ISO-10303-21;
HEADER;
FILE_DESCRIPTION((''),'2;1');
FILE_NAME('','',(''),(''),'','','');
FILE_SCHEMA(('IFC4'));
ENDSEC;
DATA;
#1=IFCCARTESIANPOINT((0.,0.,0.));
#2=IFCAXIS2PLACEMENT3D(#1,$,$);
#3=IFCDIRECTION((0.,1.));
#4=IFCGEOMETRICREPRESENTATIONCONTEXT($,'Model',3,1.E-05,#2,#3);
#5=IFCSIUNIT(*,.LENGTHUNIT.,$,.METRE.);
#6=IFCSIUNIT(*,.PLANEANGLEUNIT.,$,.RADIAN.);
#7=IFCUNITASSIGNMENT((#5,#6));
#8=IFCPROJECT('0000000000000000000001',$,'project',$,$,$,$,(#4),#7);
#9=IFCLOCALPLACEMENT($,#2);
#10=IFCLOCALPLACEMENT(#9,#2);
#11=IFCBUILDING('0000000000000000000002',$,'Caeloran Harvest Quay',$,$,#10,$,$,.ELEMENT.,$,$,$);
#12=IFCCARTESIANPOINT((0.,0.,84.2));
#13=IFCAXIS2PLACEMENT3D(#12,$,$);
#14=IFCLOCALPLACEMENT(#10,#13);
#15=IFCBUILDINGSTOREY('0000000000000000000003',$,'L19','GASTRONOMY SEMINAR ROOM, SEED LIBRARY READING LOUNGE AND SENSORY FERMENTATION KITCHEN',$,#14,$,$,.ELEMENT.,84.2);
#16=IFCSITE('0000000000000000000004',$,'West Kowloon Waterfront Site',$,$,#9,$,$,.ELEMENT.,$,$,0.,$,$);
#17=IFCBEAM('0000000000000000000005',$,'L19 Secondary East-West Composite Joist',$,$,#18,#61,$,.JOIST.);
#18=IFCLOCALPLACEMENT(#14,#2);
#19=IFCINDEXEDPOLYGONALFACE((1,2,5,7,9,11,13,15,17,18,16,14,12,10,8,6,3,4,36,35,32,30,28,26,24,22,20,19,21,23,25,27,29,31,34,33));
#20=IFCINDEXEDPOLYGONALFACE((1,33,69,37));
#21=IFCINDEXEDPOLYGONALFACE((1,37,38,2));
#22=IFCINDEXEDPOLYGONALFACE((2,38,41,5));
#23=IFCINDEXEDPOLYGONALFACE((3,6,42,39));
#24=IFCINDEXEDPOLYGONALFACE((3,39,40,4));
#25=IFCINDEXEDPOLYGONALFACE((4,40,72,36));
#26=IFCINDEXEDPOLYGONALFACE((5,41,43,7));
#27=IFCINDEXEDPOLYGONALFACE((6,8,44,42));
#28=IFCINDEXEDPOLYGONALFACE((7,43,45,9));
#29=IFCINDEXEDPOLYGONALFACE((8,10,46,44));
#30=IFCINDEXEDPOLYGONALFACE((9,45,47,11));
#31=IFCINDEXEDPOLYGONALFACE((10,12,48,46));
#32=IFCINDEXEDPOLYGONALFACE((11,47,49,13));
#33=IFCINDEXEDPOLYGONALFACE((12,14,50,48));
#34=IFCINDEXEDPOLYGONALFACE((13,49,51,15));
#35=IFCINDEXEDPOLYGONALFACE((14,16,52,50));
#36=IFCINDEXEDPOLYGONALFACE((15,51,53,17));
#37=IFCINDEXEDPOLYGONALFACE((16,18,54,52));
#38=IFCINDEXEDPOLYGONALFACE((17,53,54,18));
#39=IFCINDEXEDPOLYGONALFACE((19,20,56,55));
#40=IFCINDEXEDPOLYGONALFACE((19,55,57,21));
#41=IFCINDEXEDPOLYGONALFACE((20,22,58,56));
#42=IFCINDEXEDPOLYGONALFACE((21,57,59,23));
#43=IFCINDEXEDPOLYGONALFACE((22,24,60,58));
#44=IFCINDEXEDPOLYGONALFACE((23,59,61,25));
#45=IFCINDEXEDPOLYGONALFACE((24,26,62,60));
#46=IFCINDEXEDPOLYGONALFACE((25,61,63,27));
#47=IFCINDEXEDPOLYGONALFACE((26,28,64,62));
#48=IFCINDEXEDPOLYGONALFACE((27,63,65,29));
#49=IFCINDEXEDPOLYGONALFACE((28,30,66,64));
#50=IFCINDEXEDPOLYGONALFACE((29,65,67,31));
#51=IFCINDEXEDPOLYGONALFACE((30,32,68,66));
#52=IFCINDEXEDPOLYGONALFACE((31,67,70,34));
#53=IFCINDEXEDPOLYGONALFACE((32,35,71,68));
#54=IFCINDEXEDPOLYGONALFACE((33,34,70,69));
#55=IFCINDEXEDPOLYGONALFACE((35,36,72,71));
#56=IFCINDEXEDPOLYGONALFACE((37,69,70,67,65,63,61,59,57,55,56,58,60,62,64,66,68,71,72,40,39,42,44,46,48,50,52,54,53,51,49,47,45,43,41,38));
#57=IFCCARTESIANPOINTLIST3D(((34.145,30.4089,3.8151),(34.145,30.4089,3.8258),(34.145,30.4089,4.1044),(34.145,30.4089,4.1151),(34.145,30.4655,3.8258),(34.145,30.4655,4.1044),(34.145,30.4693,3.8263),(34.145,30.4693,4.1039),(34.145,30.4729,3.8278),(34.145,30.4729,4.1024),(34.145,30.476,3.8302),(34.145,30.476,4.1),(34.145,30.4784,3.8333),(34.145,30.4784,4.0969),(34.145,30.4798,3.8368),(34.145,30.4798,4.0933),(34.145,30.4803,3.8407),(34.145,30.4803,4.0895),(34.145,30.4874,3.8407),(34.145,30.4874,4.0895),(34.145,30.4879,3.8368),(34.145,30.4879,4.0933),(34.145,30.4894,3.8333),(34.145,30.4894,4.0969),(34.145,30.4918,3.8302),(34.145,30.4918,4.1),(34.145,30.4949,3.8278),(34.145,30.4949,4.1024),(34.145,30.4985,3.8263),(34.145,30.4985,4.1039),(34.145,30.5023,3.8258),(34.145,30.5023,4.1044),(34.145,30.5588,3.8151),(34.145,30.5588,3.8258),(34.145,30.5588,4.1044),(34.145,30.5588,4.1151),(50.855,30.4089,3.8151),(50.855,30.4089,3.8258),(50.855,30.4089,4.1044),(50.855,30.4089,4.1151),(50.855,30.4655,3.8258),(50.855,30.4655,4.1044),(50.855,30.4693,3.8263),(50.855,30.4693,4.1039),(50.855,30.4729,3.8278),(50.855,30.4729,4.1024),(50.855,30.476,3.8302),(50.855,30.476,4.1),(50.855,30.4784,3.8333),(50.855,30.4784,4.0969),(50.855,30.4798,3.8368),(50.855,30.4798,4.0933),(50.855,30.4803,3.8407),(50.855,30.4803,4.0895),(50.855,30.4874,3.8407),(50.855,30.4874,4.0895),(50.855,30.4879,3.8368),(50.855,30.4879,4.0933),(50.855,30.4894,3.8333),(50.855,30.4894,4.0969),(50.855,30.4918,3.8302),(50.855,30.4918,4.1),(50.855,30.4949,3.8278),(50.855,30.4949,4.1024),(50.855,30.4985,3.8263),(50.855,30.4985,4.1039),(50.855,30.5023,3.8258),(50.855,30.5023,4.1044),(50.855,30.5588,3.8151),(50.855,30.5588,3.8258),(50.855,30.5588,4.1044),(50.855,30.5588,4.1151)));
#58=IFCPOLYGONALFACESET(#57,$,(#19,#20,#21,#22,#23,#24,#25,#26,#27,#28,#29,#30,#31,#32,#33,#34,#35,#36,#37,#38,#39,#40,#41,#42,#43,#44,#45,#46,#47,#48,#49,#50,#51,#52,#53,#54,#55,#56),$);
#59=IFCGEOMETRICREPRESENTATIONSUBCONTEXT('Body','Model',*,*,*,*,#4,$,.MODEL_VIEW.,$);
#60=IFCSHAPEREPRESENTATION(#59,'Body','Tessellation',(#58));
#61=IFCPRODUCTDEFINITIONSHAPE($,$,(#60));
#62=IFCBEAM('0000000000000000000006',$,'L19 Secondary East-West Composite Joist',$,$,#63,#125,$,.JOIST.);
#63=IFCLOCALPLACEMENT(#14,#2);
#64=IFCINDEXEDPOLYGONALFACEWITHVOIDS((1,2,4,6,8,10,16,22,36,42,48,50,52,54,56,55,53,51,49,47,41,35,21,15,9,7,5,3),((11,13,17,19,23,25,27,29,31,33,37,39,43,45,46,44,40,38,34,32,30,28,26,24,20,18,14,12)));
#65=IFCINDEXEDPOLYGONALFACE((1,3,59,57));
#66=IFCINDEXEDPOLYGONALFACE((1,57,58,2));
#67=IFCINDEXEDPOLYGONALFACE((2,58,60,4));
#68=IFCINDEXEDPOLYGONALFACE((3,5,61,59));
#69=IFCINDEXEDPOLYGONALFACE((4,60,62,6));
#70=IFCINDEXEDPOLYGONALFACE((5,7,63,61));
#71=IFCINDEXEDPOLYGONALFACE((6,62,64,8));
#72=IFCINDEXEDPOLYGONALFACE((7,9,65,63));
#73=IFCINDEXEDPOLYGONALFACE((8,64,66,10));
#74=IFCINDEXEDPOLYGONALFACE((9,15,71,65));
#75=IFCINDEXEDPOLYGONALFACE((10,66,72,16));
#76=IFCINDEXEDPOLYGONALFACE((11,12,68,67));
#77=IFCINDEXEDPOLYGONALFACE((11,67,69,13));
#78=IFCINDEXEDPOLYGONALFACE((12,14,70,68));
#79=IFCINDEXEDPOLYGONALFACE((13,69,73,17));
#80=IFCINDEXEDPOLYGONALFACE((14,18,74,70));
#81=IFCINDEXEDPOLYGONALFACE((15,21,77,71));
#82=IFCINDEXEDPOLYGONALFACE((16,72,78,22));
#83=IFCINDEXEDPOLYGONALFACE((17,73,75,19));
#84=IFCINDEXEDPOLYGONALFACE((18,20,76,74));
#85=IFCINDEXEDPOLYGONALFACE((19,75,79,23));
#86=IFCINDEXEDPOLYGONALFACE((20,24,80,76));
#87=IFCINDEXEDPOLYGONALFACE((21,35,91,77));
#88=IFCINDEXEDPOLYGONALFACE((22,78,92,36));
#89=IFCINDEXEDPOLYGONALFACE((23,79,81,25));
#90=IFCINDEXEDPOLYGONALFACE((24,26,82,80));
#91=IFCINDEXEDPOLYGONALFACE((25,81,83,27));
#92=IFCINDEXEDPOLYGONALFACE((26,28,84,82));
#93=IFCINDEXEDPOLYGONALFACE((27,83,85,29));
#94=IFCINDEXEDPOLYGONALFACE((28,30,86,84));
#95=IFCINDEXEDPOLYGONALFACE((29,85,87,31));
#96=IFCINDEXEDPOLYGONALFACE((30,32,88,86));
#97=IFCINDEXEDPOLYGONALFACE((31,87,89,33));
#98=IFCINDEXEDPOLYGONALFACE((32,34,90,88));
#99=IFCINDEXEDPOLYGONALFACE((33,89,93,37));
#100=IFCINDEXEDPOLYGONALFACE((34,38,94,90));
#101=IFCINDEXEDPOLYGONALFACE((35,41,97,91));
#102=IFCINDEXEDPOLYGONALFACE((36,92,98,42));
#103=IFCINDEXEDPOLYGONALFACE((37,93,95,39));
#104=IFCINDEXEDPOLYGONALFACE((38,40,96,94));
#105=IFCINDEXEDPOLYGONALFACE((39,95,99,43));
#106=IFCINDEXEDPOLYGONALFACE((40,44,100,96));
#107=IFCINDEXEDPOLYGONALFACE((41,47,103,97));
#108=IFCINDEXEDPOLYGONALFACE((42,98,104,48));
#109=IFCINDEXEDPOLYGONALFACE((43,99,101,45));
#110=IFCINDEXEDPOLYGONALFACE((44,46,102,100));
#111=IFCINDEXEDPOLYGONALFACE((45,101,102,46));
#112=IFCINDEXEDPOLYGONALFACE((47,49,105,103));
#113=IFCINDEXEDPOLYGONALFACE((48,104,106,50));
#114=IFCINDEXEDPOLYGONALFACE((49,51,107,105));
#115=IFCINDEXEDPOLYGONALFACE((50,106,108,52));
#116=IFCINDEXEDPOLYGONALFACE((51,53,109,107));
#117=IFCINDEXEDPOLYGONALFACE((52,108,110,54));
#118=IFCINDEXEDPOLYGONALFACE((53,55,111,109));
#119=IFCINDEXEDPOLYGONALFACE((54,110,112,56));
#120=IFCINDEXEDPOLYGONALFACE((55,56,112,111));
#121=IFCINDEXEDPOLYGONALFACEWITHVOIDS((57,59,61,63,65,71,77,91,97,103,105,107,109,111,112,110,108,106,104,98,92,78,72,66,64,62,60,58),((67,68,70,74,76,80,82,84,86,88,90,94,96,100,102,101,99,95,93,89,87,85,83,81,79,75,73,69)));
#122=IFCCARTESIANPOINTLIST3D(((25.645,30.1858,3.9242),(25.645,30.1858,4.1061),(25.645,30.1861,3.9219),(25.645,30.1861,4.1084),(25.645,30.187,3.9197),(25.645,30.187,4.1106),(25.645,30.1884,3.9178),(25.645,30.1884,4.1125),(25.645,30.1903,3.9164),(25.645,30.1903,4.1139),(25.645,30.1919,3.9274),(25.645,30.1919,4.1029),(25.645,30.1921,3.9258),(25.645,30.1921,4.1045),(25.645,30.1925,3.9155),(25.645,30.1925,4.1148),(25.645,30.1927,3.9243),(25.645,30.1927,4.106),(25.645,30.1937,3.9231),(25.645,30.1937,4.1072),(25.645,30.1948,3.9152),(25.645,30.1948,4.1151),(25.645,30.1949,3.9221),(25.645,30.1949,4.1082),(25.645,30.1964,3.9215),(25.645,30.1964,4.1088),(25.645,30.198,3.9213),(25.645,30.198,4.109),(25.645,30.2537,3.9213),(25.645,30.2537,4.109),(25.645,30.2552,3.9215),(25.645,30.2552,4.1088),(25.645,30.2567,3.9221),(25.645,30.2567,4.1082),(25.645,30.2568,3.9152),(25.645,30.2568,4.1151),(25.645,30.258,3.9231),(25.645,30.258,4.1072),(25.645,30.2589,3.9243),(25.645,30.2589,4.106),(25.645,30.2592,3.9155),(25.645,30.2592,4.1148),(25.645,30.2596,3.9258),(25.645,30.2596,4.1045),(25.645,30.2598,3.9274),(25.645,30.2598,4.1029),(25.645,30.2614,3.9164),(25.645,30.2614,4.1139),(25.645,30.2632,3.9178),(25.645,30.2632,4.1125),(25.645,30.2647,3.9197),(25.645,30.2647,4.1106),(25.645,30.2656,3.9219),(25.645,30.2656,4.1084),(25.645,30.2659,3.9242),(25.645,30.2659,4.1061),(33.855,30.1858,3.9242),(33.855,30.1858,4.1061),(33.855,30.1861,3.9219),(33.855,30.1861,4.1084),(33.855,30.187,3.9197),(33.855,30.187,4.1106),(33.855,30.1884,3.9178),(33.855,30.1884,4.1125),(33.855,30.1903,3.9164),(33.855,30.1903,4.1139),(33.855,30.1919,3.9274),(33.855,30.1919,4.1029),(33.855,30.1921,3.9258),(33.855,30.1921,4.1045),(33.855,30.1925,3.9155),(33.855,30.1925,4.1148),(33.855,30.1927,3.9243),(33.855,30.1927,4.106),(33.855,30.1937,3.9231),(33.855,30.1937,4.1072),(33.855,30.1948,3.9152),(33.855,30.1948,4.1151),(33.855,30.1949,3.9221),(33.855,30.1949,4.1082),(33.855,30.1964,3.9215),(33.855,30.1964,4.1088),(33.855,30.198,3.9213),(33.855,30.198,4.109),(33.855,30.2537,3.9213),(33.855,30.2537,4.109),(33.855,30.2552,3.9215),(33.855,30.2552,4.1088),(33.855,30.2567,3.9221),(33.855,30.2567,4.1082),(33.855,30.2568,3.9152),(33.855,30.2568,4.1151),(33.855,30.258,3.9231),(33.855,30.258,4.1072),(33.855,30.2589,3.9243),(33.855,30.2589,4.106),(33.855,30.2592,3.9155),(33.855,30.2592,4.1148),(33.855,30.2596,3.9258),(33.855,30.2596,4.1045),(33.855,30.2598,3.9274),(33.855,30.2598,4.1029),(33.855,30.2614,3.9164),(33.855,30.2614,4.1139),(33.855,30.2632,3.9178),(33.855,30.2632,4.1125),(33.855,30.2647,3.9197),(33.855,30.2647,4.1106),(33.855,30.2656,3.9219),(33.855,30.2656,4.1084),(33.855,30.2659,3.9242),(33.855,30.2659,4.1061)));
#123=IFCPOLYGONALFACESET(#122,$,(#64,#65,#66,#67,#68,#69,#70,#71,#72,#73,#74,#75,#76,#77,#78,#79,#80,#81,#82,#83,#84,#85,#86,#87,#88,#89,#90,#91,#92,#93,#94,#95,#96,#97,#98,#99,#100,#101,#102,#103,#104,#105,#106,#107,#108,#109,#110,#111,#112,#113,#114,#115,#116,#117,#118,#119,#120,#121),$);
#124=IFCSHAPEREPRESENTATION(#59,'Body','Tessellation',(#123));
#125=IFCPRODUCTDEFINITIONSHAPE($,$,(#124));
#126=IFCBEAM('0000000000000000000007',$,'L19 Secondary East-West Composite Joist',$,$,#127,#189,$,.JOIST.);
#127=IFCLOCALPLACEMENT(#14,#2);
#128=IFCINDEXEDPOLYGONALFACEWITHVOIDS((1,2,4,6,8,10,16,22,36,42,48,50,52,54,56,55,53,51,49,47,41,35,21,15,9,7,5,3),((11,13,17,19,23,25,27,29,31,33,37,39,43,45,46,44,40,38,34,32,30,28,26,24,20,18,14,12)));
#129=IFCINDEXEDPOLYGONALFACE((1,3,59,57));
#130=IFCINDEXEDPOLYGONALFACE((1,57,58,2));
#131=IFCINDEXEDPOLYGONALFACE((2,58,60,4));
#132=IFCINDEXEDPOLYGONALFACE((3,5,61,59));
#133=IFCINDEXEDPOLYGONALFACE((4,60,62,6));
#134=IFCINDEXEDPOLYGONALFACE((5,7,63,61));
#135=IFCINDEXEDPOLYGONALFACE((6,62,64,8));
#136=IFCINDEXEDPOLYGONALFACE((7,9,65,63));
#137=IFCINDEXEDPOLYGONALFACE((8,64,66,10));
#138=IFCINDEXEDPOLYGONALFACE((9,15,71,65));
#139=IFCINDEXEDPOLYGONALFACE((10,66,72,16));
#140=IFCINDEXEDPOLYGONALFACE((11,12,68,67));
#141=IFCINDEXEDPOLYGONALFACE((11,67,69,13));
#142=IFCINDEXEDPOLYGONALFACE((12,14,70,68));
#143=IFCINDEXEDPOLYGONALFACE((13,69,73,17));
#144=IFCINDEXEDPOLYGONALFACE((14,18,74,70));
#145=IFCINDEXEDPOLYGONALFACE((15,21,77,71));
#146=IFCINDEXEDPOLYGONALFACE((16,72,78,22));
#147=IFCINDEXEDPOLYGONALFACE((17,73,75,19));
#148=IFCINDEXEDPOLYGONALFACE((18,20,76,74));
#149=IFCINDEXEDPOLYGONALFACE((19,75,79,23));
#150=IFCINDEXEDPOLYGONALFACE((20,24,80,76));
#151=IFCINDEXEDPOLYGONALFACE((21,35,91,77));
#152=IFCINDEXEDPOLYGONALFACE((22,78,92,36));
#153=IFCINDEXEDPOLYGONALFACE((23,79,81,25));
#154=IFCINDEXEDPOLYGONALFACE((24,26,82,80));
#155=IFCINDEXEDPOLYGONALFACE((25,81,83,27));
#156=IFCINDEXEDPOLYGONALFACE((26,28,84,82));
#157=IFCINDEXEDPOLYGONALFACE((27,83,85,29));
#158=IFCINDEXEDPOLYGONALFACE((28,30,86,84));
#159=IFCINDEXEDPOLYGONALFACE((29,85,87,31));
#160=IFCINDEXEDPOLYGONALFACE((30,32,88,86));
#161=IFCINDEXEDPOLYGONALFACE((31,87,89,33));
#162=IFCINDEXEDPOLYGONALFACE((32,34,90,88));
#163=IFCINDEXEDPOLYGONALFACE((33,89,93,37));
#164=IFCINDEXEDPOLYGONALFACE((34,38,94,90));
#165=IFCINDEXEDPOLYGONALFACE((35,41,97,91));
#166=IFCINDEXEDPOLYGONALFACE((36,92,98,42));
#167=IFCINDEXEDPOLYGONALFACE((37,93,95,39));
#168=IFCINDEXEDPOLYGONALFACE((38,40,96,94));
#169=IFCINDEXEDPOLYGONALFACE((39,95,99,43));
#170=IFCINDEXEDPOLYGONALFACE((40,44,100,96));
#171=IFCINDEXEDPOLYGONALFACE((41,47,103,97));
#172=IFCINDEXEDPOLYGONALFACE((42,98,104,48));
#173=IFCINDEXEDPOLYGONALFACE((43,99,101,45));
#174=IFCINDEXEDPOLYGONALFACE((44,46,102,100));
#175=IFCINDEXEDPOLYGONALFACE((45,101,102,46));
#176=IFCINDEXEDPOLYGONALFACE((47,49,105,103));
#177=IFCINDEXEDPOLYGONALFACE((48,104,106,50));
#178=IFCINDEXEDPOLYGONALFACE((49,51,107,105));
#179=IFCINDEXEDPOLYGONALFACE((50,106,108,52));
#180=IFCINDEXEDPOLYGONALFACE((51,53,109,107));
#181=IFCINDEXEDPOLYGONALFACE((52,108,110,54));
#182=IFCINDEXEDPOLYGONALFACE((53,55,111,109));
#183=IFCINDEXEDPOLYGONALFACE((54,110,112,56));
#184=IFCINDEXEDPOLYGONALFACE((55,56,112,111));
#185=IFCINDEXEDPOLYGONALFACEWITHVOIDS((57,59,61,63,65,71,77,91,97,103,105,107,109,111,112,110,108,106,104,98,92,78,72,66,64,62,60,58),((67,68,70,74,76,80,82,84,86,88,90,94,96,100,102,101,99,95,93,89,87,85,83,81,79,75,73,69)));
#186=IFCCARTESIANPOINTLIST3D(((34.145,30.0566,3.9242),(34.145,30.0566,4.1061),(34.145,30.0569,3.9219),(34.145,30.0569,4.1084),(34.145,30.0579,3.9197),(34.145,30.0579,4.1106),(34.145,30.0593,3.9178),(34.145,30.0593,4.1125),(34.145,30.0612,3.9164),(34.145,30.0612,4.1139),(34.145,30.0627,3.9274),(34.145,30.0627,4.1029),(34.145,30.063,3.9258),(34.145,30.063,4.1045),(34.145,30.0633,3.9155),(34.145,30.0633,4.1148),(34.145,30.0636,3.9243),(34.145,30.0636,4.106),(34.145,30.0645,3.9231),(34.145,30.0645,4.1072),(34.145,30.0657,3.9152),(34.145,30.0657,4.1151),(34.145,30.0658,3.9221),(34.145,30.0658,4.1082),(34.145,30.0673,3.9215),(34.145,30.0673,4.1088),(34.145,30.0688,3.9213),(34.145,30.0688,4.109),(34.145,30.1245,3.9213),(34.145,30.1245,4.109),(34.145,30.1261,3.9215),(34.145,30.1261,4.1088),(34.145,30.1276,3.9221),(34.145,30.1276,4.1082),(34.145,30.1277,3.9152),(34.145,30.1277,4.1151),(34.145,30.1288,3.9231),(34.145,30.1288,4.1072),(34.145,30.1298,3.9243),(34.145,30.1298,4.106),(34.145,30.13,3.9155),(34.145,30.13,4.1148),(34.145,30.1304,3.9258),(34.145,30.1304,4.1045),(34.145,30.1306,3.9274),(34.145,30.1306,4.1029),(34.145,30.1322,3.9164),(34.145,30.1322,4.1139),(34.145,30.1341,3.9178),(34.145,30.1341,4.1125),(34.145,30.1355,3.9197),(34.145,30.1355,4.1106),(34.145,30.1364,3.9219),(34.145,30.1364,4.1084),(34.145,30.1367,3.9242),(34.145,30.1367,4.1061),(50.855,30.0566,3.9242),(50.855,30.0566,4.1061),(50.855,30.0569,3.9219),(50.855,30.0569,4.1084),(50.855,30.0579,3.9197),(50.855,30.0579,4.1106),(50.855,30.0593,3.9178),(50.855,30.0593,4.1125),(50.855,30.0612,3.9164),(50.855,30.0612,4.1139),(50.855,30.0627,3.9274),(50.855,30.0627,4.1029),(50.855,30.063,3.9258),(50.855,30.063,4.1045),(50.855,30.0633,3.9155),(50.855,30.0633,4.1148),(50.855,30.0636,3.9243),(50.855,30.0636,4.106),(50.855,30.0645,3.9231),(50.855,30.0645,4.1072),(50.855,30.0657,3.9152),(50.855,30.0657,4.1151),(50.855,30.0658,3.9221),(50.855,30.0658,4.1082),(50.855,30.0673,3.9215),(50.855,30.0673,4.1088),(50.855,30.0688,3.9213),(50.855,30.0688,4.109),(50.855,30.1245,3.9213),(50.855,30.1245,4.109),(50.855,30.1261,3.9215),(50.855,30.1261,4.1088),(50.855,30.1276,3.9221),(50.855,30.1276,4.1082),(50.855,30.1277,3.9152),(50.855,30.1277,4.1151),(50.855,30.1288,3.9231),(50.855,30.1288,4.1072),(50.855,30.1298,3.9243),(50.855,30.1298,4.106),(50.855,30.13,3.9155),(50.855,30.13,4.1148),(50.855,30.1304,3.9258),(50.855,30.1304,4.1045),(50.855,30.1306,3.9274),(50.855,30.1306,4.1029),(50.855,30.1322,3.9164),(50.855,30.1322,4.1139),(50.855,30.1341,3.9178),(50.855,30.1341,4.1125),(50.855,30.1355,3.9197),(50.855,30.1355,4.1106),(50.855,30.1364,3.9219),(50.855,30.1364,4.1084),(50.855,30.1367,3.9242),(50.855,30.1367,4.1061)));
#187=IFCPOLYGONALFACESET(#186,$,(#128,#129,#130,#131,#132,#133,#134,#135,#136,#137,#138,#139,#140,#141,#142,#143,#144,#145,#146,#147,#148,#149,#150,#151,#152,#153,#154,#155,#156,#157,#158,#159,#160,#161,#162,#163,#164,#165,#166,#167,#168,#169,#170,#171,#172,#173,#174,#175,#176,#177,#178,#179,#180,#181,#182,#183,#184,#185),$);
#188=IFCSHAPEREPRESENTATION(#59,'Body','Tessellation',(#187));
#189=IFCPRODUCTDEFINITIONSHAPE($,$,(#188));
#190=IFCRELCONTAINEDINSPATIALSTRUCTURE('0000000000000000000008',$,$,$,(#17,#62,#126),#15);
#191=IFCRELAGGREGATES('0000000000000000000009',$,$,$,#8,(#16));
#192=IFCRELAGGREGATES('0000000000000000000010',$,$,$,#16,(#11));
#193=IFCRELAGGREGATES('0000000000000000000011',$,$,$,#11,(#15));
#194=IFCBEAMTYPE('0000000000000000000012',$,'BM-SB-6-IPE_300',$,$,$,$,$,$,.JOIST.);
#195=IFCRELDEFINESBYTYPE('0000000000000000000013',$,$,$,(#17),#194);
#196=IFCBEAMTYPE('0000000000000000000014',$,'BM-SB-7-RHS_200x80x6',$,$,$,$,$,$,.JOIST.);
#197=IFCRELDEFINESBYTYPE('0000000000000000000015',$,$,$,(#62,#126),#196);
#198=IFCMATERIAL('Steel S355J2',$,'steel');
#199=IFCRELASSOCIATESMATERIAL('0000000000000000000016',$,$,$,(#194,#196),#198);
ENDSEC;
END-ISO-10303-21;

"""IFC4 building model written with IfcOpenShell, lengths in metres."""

from ifc_helpers import new_model, si_unit, direction, frame, origin, origin_2d, place, context, subcontext, project, spatial, hollow_rectangle, i_section, extrude, material, material_profile, profile_set, type_object, element, save


model = new_model("IFC4")

# Units and contexts
model_context = context("Model", 3, precision=1e-05, world=origin(), true_north=direction((0.0, 1.0)))
body_context = subcontext(model_context, "Body", "Model", "MODEL_VIEW")
ifc_project = project(units=[si_unit("LENGTHUNIT", "METRE"), si_unit("PLANEANGLEUNIT", "RADIAN")], contexts=[model_context])

# Site, building, storey
site_placement = place(None, origin())
site = spatial("IfcSite", under=ifc_project, at=site_placement, Name="West Kowloon Waterfront Site", CompositionType="ELEMENT", RefElevation=0.0)
building_placement = place(site_placement, origin())
building = spatial("IfcBuilding", under=site, at=building_placement, Name="Caeloran Harvest Quay", CompositionType="ELEMENT")
storey_placement = place(building_placement, frame((0.0, 0.0, 84.2)))
storey = spatial("IfcBuildingStorey", under=building, at=storey_placement, Name="L19", Description="GASTRONOMY SEMINAR ROOM, SEED LIBRARY READING LOUNGE AND SENSORY FERMENTATION KITCHEN", CompositionType="ELEMENT", Elevation=84.2)

# Beams
ifc_material_1 = material(Name="Steel S355J2", Category="steel")
ifc_material_profile_1 = material_profile(ifc_material_1, i_section(OverallWidth=0.1499, OverallDepth=0.3, WebThickness=0.0071, FlangeThickness=0.0107, FilletRadius=0.0149, at=origin_2d()), Name="IPE 300")
ifc_profile_set_1 = profile_set([ifc_material_profile_1], Name="Steel S355J2")
beam_type_1 = type_object("IfcBeamType", Name="BM-SB-6-IPE_300", PredefinedType="JOIST", material=ifc_profile_set_1)
for number, where, z_axis, x_axis, name in (
    (1, (34.145, 30.4839, 3.9651), (1.0, 0.0, 0.0), (0.0, 1.0, 0.0), "L19 Secondary East-West Composite Joist"),
):
    element("IfcBeam", number, at=place(storey_placement, frame(where, z_axis=z_axis, x_axis=x_axis)), inside=storey, type_object=beam_type_1, Name=name, PredefinedType="JOIST", context=body_context, shape_type="SweptSolid", body=[
        extrude(i_section(OverallWidth=0.1499, OverallDepth=0.3, WebThickness=0.0071, FlangeThickness=0.0107, FilletRadius=0.0149, at=origin_2d()), origin(), (0.0, 0.0, 1.0), 16.71),
    ])
ifc_material_profile_2 = material_profile(ifc_material_1, hollow_rectangle(XDim=0.0801, YDim=0.2, WallThickness=0.0061, InnerFilletRadius=0.0061, OuterFilletRadius=0.009, at=origin_2d()), Name="RHS 200x80x6")
ifc_profile_set_2 = profile_set([ifc_material_profile_2], Name="Steel S355J2")
beam_type_2 = type_object("IfcBeamType", Name="BM-SB-7-RHS_200x80x6", PredefinedType="JOIST", material=ifc_profile_set_2)
beam_1_placement = place(storey_placement, frame((25.645, 30.2258, 4.0151), z_axis=(1.0, 0.0, 0.0), x_axis=(0.0, 1.0, 0.0)))
element("IfcBeam", 2, at=beam_1_placement, inside=storey, type_object=beam_type_2, Name="L19 Secondary East-West Composite Joist", PredefinedType="JOIST", context=body_context, shape_type="SweptSolid", body=[
    extrude(hollow_rectangle(XDim=0.0801, YDim=0.2, WallThickness=0.0061, InnerFilletRadius=0.0061, OuterFilletRadius=0.009, at=origin_2d()), origin(), (0.0, 0.0, 1.0), 8.21),
])
for number, where, z_axis, x_axis, name in (
    (3, (34.145, 30.0967, 4.0151), (1.0, 0.0, 0.0), (0.0, 1.0, 0.0), "L19 Secondary East-West Composite Joist"),
):
    element("IfcBeam", number, at=place(storey_placement, frame(where, z_axis=z_axis, x_axis=x_axis)), inside=storey, type_object=beam_type_2, Name=name, PredefinedType="JOIST", context=body_context, shape_type="SweptSolid", body=[
        extrude(hollow_rectangle(XDim=0.0801, YDim=0.2, WallThickness=0.0061, InnerFilletRadius=0.0061, OuterFilletRadius=0.009, at=origin_2d()), origin(), (0.0, 0.0, 1.0), 16.71),
    ])

save(model, "model.ifc")
